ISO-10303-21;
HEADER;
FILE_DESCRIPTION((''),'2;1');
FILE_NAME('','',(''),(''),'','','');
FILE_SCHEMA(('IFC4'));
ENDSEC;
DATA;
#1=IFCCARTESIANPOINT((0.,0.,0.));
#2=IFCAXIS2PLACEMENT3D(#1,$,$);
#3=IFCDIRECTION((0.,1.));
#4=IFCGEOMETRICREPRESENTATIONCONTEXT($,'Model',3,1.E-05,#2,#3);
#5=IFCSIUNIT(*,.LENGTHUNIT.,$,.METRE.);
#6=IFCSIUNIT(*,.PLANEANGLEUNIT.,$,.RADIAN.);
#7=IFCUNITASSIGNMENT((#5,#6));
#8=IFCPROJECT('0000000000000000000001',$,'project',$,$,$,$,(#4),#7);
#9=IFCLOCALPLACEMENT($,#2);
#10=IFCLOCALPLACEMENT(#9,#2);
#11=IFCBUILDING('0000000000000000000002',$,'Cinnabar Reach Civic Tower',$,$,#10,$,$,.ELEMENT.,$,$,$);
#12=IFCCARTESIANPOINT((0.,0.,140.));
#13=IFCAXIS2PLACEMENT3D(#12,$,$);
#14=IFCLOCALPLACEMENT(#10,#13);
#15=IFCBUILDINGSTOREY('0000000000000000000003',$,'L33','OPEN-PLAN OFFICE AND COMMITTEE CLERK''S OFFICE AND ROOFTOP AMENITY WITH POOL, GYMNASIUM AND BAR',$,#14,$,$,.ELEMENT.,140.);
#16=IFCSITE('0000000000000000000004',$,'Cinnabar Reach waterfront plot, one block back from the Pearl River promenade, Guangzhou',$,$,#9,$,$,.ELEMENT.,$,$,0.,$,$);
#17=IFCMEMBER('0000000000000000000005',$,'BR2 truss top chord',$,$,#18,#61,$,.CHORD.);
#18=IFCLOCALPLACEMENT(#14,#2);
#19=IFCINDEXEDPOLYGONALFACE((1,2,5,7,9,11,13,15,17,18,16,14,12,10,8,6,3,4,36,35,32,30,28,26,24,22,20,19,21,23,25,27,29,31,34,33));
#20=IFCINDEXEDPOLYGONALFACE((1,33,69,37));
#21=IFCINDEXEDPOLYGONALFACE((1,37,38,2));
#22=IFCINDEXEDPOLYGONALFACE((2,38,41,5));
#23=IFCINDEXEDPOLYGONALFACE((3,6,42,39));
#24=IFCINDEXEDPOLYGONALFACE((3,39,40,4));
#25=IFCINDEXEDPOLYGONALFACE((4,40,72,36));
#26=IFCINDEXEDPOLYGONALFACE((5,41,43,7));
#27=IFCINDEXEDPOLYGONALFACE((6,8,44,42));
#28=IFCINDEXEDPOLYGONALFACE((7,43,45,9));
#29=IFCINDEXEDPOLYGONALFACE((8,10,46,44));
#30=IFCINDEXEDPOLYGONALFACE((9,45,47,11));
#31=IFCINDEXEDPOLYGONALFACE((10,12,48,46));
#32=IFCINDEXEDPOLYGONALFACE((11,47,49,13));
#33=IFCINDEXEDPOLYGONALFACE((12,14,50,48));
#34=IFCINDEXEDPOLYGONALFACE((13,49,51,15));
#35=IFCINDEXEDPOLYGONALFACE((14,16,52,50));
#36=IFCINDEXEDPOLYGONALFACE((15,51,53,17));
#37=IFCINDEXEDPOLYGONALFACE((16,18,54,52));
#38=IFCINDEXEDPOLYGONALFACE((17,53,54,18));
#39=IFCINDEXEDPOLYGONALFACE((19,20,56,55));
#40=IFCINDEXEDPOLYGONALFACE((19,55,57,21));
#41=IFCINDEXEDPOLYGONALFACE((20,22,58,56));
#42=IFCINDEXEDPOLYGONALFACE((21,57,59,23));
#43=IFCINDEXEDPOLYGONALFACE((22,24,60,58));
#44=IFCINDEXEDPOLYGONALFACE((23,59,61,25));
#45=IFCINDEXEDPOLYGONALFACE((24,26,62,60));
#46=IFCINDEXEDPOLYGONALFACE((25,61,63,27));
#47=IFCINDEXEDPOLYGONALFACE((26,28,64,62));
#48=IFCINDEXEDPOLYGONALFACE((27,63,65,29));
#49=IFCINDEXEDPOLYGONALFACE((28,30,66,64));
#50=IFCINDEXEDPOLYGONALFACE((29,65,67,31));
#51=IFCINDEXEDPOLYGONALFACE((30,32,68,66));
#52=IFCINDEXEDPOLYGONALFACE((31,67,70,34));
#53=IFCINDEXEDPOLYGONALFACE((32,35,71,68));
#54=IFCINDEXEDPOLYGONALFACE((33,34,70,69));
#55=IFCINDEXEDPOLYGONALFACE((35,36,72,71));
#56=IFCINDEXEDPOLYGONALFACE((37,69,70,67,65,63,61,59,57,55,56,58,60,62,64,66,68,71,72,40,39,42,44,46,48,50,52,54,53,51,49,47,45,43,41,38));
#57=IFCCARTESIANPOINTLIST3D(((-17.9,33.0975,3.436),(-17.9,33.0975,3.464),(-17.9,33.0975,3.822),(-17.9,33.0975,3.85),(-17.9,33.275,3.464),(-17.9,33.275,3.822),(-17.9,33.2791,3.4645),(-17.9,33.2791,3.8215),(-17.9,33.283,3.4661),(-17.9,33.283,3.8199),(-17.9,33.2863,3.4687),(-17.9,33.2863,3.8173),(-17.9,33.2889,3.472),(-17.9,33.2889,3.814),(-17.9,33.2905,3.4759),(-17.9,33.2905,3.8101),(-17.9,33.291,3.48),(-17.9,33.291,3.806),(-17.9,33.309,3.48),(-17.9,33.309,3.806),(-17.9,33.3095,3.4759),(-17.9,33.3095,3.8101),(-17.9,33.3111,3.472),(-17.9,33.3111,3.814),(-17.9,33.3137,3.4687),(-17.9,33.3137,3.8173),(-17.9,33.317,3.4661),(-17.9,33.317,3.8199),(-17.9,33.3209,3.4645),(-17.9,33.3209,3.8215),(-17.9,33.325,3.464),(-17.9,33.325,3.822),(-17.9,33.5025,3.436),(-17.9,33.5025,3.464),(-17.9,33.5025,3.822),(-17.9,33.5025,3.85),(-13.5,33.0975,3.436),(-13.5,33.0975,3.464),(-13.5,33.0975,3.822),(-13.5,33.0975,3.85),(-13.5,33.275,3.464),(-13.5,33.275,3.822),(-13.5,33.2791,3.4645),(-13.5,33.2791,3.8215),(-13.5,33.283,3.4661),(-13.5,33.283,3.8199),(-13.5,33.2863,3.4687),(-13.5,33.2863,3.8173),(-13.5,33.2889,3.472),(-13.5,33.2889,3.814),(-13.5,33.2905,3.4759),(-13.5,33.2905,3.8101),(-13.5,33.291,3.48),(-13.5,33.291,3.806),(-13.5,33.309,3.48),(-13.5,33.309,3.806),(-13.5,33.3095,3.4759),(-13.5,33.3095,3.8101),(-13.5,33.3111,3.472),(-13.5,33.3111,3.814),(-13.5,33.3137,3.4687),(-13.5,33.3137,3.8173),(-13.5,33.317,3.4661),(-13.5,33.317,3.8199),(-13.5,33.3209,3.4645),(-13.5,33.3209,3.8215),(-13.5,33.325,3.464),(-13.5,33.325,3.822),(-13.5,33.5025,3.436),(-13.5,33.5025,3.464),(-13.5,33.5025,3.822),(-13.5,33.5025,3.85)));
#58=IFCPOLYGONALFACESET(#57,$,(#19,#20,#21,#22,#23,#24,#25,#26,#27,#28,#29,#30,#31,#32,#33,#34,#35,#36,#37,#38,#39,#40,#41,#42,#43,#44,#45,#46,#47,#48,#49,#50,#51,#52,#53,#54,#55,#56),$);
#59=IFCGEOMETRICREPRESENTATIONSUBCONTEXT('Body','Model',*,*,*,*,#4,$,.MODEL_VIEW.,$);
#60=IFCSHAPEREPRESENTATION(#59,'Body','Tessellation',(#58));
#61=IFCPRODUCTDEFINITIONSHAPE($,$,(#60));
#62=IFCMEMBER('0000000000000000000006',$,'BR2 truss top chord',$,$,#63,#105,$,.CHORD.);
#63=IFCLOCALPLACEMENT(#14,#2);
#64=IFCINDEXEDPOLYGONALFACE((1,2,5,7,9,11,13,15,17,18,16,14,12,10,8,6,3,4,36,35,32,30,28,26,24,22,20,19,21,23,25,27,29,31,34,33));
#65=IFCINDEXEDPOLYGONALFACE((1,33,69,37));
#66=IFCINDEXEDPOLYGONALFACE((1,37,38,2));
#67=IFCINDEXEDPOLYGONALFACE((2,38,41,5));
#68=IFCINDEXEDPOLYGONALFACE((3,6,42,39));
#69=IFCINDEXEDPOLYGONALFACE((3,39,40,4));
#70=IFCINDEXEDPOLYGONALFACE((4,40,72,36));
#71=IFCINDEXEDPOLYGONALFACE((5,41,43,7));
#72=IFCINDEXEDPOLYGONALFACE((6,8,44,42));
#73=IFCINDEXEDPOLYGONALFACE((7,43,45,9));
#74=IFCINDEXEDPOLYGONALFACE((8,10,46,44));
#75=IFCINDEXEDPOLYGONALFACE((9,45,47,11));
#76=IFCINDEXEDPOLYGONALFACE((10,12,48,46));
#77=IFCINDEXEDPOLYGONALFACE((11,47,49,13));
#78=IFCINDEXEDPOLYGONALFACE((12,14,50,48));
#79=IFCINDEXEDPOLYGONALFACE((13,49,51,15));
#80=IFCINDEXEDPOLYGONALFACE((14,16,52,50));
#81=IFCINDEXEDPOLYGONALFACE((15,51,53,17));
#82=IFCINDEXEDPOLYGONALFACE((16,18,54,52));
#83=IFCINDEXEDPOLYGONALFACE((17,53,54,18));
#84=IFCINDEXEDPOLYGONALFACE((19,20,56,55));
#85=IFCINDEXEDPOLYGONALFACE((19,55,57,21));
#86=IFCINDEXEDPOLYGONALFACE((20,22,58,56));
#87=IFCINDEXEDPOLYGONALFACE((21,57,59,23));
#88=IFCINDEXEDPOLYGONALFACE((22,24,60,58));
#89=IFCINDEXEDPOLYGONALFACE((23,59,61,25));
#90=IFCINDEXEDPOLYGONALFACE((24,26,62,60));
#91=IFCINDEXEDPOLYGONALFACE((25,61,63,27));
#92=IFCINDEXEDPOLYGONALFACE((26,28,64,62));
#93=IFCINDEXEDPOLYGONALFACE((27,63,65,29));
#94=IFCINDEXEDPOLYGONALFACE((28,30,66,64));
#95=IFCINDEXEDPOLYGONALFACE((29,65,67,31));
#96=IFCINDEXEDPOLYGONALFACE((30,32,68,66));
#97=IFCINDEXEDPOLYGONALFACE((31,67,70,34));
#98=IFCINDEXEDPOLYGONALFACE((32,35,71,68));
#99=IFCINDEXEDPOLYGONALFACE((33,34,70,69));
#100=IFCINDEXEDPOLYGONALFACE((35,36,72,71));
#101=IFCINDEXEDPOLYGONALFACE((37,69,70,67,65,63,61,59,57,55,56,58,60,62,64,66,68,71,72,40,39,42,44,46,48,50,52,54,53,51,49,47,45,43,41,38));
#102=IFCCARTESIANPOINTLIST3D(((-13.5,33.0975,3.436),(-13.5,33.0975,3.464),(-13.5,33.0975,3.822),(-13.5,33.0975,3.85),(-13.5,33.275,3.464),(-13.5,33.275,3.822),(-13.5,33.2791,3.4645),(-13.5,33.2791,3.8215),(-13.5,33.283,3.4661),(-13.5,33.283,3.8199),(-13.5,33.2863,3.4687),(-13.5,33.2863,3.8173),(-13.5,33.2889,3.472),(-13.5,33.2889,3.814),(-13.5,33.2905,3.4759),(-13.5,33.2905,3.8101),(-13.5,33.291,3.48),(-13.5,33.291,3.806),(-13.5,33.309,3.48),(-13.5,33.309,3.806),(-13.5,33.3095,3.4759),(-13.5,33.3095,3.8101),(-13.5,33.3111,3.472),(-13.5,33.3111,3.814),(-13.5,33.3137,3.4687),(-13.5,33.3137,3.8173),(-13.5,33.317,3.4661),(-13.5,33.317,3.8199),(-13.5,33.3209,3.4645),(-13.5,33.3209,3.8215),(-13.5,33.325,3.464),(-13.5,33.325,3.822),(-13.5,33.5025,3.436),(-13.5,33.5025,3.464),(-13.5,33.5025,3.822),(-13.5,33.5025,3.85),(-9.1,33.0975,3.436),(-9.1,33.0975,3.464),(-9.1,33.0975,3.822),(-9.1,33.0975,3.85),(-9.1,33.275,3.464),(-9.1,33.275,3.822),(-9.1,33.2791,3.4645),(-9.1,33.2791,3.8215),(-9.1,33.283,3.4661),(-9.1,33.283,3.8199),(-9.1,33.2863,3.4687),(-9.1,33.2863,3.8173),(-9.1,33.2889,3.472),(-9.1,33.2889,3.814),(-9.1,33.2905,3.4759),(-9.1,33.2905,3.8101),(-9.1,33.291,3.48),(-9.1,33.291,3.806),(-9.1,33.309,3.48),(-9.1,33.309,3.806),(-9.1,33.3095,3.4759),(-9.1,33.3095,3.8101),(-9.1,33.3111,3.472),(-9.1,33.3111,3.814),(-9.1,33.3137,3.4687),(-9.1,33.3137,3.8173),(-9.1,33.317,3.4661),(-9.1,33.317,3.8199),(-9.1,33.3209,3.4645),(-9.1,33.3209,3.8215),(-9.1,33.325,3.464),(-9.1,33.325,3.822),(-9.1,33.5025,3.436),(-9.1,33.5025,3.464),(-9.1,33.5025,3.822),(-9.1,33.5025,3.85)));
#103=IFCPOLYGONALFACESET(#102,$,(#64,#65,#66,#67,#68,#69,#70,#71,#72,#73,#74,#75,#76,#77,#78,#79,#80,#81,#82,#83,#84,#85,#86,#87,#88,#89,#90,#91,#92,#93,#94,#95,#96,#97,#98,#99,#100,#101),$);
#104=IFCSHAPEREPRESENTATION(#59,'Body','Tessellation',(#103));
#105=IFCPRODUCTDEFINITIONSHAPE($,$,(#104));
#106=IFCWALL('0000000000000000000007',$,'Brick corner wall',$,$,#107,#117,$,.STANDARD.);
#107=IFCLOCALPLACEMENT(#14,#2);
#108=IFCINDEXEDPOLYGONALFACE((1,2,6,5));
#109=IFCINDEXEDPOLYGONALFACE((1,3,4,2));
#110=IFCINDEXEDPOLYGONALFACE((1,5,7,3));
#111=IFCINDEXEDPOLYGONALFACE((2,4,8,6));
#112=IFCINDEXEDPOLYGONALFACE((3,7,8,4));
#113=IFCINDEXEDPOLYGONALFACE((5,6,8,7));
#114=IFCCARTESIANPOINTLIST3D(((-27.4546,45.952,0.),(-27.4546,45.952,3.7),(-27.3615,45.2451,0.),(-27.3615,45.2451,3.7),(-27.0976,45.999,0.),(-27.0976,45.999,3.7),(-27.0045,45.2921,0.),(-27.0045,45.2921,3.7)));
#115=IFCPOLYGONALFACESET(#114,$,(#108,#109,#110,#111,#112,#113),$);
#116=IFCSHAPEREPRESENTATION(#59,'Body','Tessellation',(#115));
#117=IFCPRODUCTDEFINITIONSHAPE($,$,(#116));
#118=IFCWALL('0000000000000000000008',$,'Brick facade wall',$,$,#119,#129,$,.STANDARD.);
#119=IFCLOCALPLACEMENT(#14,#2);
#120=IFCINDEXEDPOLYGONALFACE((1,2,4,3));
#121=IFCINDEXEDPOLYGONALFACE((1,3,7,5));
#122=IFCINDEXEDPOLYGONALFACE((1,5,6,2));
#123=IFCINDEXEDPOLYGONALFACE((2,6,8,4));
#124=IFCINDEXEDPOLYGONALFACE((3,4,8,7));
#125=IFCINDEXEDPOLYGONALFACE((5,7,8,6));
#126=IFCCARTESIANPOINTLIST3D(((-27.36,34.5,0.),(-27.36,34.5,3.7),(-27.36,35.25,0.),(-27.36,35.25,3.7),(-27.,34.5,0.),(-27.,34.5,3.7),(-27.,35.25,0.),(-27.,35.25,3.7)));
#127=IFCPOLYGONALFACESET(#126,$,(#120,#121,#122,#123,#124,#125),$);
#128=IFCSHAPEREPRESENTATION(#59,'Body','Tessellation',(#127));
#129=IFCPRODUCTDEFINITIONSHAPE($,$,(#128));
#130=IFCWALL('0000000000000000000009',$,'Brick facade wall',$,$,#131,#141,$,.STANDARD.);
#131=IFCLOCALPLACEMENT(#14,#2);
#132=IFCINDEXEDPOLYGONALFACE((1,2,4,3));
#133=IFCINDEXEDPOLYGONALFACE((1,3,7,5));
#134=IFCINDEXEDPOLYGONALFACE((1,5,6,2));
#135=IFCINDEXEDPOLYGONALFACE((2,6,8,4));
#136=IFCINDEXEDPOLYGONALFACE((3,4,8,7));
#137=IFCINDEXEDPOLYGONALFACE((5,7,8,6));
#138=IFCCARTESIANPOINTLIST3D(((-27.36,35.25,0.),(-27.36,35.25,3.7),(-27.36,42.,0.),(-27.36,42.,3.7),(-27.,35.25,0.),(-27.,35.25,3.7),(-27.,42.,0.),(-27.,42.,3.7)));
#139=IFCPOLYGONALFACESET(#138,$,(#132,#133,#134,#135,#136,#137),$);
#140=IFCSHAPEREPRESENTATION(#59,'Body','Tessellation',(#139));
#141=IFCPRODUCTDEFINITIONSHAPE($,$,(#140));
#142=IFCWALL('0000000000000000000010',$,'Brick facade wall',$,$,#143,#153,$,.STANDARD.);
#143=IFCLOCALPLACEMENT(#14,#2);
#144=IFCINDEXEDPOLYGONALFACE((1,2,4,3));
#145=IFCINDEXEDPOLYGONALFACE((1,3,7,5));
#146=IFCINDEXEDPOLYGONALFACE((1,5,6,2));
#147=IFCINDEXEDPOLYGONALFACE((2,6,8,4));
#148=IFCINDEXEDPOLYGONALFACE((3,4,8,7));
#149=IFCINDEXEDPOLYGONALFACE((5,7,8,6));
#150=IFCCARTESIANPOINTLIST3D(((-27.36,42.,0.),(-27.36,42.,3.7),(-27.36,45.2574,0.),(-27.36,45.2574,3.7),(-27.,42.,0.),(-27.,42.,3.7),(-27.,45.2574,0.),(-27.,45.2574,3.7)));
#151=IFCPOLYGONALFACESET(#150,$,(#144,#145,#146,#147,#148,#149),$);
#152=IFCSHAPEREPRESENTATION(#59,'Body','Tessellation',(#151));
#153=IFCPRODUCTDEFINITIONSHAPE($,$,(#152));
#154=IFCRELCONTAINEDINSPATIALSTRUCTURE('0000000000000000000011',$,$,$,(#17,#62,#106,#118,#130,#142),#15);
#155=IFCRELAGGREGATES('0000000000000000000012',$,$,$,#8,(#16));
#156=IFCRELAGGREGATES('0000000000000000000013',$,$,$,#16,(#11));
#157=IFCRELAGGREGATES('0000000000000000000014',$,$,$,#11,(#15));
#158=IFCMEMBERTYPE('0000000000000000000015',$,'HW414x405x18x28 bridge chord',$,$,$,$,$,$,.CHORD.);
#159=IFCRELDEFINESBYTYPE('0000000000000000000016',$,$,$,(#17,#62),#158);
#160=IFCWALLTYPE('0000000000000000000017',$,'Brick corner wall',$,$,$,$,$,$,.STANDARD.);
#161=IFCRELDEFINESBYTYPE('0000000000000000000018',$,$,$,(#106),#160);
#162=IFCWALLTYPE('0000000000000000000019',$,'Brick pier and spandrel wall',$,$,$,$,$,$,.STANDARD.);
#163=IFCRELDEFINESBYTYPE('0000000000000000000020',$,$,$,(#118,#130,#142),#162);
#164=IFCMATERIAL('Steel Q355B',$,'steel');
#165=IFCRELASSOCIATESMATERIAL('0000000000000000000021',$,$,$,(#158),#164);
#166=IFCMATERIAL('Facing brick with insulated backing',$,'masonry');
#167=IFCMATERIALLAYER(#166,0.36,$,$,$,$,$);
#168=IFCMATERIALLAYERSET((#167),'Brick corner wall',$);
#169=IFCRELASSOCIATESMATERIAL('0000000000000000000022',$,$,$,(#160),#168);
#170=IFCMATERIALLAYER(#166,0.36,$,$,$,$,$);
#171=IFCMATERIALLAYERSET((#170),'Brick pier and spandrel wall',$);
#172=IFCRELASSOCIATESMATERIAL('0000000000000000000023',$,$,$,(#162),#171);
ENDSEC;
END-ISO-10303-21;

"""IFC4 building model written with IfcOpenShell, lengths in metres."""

from ifc_helpers import new_model, si_unit, direction, frame, frame_2d, origin, origin_2d, place, context, subcontext, project, spatial, rectangle, i_section, extrude, material, layer, layer_set, material_profile, profile_set, type_object, element, save


model = new_model("IFC4")

# Units and contexts
model_context = context("Model", 3, precision=1e-05, world=origin(), true_north=direction((0.0, 1.0)))
body_context = subcontext(model_context, "Body", "Model", "MODEL_VIEW")
ifc_project = project(units=[si_unit("LENGTHUNIT", "METRE"), si_unit("PLANEANGLEUNIT", "RADIAN")], contexts=[model_context])

# Site, building, storey
site_placement = place(None, origin())
site = spatial("IfcSite", under=ifc_project, at=site_placement, Name="Cinnabar Reach waterfront plot, one block back from the Pearl River promenade, Guangzhou", CompositionType="ELEMENT", RefElevation=0.0)
building_placement = place(site_placement, origin())
building = spatial("IfcBuilding", under=site, at=building_placement, Name="Cinnabar Reach Civic Tower", CompositionType="ELEMENT")
storey_placement = place(building_placement, frame((0.0, 0.0, 140.0)))
storey = spatial("IfcBuildingStorey", under=building, at=storey_placement, Name="L33", Description="OPEN-PLAN OFFICE AND COMMITTEE CLERK'S OFFICE AND ROOFTOP AMENITY WITH POOL, GYMNASIUM AND BAR", CompositionType="ELEMENT", Elevation=140.0)

# Members
ifc_material_1 = material(Name="Steel Q355B", Category="steel")
ifc_material_profile_1 = material_profile(ifc_material_1, i_section(OverallWidth=0.405, OverallDepth=0.414, WebThickness=0.018, FlangeThickness=0.028, FilletRadius=0.016, at=origin_2d()), Name="HW414x405x18x28")
ifc_profile_set_1 = profile_set([ifc_material_profile_1], Name="Steel Q355B")
member_type_1 = type_object("IfcMemberType", Name="HW414x405x18x28 bridge chord", PredefinedType="CHORD", material=ifc_profile_set_1)
for number, where, z_axis, x_axis, name in (
    (1, (-17.9, 33.3, 3.643), (1.0, 0.0, 0.0), (0.0, 1.0, 0.0), "BR2 truss top chord"),
    (2, (-13.5, 33.3, 3.643), (1.0, 0.0, 0.0), (0.0, 1.0, 0.0), "BR2 truss top chord"),
):
    element("IfcMember", number, at=place(storey_placement, frame(where, z_axis=z_axis, x_axis=x_axis)), inside=storey, type_object=member_type_1, Name=name, PredefinedType="CHORD", context=body_context, shape_type="SweptSolid", body=[
        extrude(i_section(OverallWidth=0.405, OverallDepth=0.414, WebThickness=0.018, FlangeThickness=0.028, FilletRadius=0.016, at=origin_2d()), origin(), (0.0, 0.0, 1.0), 4.4),
    ])

# Walls
ifc_material_2 = material(Name="Facing brick with insulated backing", Category="masonry")
ifc_layer_1 = layer(ifc_material_2, 0.36)
ifc_layer_set_1 = layer_set([ifc_layer_1], Name="Brick corner wall")
wall_type_1 = type_object("IfcWallType", Name="Brick corner wall", PredefinedType="STANDARD", material=ifc_layer_set_1)
wall_1_placement = place(storey_placement, frame((-27.183, 45.2686, 0.0), z_axis=(0.0, 0.0, 1.0), x_axis=(-0.130556, 0.991441, 0.0)))
element("IfcWall", 3, at=wall_1_placement, inside=storey, type_object=wall_type_1, Name="Brick corner wall", PredefinedType="STANDARD", context=body_context, shape_type="SweptSolid", body=[
    extrude(rectangle(XDim=0.7131, YDim=0.36, at=frame_2d((0.3565, 0.0))), origin(), (0.0, 0.0, 1.0), 3.7),
])
ifc_layer_2 = layer(ifc_material_2, 0.36)
ifc_layer_set_2 = layer_set([ifc_layer_2], Name="Brick pier and spandrel wall")
wall_type_2 = type_object("IfcWallType", Name="Brick pier and spandrel wall", PredefinedType="STANDARD", material=ifc_layer_set_2)
wall_2_placement = place(storey_placement, frame((-27.18, 34.5, 0.0), z_axis=(0.0, 0.0, 1.0), x_axis=(0.0, 1.0, 0.0)))
element("IfcWall", 4, at=wall_2_placement, inside=storey, type_object=wall_type_2, Name="Brick facade wall", PredefinedType="STANDARD", context=body_context, shape_type="SweptSolid", body=[
    extrude(rectangle(XDim=0.75, YDim=0.36, at=frame_2d((0.375, 0.0))), origin(), (0.0, 0.0, 1.0), 3.7),
])
wall_3_placement = place(storey_placement, frame((-27.18, 35.25, 0.0), z_axis=(0.0, 0.0, 1.0), x_axis=(0.0, 1.0, 0.0)))
element("IfcWall", 5, at=wall_3_placement, inside=storey, type_object=wall_type_2, Name="Brick facade wall", PredefinedType="STANDARD", context=body_context, shape_type="SweptSolid", body=[
    extrude(rectangle(XDim=6.75, YDim=0.36, at=frame_2d((3.375, 0.0))), origin(), (0.0, 0.0, 1.0), 3.7),
])
wall_4_placement = place(storey_placement, frame((-27.18, 42.0, 0.0), z_axis=(0.0, 0.0, 1.0), x_axis=(0.0, 1.0, 0.0)))
element("IfcWall", 6, at=wall_4_placement, inside=storey, type_object=wall_type_2, Name="Brick facade wall", PredefinedType="STANDARD", context=body_context, shape_type="SweptSolid", body=[
    extrude(rectangle(XDim=3.2574, YDim=0.36, at=frame_2d((1.6287, 0.0))), origin(), (0.0, 0.0, 1.0), 3.7),
])

save(model, "model.ifc")
